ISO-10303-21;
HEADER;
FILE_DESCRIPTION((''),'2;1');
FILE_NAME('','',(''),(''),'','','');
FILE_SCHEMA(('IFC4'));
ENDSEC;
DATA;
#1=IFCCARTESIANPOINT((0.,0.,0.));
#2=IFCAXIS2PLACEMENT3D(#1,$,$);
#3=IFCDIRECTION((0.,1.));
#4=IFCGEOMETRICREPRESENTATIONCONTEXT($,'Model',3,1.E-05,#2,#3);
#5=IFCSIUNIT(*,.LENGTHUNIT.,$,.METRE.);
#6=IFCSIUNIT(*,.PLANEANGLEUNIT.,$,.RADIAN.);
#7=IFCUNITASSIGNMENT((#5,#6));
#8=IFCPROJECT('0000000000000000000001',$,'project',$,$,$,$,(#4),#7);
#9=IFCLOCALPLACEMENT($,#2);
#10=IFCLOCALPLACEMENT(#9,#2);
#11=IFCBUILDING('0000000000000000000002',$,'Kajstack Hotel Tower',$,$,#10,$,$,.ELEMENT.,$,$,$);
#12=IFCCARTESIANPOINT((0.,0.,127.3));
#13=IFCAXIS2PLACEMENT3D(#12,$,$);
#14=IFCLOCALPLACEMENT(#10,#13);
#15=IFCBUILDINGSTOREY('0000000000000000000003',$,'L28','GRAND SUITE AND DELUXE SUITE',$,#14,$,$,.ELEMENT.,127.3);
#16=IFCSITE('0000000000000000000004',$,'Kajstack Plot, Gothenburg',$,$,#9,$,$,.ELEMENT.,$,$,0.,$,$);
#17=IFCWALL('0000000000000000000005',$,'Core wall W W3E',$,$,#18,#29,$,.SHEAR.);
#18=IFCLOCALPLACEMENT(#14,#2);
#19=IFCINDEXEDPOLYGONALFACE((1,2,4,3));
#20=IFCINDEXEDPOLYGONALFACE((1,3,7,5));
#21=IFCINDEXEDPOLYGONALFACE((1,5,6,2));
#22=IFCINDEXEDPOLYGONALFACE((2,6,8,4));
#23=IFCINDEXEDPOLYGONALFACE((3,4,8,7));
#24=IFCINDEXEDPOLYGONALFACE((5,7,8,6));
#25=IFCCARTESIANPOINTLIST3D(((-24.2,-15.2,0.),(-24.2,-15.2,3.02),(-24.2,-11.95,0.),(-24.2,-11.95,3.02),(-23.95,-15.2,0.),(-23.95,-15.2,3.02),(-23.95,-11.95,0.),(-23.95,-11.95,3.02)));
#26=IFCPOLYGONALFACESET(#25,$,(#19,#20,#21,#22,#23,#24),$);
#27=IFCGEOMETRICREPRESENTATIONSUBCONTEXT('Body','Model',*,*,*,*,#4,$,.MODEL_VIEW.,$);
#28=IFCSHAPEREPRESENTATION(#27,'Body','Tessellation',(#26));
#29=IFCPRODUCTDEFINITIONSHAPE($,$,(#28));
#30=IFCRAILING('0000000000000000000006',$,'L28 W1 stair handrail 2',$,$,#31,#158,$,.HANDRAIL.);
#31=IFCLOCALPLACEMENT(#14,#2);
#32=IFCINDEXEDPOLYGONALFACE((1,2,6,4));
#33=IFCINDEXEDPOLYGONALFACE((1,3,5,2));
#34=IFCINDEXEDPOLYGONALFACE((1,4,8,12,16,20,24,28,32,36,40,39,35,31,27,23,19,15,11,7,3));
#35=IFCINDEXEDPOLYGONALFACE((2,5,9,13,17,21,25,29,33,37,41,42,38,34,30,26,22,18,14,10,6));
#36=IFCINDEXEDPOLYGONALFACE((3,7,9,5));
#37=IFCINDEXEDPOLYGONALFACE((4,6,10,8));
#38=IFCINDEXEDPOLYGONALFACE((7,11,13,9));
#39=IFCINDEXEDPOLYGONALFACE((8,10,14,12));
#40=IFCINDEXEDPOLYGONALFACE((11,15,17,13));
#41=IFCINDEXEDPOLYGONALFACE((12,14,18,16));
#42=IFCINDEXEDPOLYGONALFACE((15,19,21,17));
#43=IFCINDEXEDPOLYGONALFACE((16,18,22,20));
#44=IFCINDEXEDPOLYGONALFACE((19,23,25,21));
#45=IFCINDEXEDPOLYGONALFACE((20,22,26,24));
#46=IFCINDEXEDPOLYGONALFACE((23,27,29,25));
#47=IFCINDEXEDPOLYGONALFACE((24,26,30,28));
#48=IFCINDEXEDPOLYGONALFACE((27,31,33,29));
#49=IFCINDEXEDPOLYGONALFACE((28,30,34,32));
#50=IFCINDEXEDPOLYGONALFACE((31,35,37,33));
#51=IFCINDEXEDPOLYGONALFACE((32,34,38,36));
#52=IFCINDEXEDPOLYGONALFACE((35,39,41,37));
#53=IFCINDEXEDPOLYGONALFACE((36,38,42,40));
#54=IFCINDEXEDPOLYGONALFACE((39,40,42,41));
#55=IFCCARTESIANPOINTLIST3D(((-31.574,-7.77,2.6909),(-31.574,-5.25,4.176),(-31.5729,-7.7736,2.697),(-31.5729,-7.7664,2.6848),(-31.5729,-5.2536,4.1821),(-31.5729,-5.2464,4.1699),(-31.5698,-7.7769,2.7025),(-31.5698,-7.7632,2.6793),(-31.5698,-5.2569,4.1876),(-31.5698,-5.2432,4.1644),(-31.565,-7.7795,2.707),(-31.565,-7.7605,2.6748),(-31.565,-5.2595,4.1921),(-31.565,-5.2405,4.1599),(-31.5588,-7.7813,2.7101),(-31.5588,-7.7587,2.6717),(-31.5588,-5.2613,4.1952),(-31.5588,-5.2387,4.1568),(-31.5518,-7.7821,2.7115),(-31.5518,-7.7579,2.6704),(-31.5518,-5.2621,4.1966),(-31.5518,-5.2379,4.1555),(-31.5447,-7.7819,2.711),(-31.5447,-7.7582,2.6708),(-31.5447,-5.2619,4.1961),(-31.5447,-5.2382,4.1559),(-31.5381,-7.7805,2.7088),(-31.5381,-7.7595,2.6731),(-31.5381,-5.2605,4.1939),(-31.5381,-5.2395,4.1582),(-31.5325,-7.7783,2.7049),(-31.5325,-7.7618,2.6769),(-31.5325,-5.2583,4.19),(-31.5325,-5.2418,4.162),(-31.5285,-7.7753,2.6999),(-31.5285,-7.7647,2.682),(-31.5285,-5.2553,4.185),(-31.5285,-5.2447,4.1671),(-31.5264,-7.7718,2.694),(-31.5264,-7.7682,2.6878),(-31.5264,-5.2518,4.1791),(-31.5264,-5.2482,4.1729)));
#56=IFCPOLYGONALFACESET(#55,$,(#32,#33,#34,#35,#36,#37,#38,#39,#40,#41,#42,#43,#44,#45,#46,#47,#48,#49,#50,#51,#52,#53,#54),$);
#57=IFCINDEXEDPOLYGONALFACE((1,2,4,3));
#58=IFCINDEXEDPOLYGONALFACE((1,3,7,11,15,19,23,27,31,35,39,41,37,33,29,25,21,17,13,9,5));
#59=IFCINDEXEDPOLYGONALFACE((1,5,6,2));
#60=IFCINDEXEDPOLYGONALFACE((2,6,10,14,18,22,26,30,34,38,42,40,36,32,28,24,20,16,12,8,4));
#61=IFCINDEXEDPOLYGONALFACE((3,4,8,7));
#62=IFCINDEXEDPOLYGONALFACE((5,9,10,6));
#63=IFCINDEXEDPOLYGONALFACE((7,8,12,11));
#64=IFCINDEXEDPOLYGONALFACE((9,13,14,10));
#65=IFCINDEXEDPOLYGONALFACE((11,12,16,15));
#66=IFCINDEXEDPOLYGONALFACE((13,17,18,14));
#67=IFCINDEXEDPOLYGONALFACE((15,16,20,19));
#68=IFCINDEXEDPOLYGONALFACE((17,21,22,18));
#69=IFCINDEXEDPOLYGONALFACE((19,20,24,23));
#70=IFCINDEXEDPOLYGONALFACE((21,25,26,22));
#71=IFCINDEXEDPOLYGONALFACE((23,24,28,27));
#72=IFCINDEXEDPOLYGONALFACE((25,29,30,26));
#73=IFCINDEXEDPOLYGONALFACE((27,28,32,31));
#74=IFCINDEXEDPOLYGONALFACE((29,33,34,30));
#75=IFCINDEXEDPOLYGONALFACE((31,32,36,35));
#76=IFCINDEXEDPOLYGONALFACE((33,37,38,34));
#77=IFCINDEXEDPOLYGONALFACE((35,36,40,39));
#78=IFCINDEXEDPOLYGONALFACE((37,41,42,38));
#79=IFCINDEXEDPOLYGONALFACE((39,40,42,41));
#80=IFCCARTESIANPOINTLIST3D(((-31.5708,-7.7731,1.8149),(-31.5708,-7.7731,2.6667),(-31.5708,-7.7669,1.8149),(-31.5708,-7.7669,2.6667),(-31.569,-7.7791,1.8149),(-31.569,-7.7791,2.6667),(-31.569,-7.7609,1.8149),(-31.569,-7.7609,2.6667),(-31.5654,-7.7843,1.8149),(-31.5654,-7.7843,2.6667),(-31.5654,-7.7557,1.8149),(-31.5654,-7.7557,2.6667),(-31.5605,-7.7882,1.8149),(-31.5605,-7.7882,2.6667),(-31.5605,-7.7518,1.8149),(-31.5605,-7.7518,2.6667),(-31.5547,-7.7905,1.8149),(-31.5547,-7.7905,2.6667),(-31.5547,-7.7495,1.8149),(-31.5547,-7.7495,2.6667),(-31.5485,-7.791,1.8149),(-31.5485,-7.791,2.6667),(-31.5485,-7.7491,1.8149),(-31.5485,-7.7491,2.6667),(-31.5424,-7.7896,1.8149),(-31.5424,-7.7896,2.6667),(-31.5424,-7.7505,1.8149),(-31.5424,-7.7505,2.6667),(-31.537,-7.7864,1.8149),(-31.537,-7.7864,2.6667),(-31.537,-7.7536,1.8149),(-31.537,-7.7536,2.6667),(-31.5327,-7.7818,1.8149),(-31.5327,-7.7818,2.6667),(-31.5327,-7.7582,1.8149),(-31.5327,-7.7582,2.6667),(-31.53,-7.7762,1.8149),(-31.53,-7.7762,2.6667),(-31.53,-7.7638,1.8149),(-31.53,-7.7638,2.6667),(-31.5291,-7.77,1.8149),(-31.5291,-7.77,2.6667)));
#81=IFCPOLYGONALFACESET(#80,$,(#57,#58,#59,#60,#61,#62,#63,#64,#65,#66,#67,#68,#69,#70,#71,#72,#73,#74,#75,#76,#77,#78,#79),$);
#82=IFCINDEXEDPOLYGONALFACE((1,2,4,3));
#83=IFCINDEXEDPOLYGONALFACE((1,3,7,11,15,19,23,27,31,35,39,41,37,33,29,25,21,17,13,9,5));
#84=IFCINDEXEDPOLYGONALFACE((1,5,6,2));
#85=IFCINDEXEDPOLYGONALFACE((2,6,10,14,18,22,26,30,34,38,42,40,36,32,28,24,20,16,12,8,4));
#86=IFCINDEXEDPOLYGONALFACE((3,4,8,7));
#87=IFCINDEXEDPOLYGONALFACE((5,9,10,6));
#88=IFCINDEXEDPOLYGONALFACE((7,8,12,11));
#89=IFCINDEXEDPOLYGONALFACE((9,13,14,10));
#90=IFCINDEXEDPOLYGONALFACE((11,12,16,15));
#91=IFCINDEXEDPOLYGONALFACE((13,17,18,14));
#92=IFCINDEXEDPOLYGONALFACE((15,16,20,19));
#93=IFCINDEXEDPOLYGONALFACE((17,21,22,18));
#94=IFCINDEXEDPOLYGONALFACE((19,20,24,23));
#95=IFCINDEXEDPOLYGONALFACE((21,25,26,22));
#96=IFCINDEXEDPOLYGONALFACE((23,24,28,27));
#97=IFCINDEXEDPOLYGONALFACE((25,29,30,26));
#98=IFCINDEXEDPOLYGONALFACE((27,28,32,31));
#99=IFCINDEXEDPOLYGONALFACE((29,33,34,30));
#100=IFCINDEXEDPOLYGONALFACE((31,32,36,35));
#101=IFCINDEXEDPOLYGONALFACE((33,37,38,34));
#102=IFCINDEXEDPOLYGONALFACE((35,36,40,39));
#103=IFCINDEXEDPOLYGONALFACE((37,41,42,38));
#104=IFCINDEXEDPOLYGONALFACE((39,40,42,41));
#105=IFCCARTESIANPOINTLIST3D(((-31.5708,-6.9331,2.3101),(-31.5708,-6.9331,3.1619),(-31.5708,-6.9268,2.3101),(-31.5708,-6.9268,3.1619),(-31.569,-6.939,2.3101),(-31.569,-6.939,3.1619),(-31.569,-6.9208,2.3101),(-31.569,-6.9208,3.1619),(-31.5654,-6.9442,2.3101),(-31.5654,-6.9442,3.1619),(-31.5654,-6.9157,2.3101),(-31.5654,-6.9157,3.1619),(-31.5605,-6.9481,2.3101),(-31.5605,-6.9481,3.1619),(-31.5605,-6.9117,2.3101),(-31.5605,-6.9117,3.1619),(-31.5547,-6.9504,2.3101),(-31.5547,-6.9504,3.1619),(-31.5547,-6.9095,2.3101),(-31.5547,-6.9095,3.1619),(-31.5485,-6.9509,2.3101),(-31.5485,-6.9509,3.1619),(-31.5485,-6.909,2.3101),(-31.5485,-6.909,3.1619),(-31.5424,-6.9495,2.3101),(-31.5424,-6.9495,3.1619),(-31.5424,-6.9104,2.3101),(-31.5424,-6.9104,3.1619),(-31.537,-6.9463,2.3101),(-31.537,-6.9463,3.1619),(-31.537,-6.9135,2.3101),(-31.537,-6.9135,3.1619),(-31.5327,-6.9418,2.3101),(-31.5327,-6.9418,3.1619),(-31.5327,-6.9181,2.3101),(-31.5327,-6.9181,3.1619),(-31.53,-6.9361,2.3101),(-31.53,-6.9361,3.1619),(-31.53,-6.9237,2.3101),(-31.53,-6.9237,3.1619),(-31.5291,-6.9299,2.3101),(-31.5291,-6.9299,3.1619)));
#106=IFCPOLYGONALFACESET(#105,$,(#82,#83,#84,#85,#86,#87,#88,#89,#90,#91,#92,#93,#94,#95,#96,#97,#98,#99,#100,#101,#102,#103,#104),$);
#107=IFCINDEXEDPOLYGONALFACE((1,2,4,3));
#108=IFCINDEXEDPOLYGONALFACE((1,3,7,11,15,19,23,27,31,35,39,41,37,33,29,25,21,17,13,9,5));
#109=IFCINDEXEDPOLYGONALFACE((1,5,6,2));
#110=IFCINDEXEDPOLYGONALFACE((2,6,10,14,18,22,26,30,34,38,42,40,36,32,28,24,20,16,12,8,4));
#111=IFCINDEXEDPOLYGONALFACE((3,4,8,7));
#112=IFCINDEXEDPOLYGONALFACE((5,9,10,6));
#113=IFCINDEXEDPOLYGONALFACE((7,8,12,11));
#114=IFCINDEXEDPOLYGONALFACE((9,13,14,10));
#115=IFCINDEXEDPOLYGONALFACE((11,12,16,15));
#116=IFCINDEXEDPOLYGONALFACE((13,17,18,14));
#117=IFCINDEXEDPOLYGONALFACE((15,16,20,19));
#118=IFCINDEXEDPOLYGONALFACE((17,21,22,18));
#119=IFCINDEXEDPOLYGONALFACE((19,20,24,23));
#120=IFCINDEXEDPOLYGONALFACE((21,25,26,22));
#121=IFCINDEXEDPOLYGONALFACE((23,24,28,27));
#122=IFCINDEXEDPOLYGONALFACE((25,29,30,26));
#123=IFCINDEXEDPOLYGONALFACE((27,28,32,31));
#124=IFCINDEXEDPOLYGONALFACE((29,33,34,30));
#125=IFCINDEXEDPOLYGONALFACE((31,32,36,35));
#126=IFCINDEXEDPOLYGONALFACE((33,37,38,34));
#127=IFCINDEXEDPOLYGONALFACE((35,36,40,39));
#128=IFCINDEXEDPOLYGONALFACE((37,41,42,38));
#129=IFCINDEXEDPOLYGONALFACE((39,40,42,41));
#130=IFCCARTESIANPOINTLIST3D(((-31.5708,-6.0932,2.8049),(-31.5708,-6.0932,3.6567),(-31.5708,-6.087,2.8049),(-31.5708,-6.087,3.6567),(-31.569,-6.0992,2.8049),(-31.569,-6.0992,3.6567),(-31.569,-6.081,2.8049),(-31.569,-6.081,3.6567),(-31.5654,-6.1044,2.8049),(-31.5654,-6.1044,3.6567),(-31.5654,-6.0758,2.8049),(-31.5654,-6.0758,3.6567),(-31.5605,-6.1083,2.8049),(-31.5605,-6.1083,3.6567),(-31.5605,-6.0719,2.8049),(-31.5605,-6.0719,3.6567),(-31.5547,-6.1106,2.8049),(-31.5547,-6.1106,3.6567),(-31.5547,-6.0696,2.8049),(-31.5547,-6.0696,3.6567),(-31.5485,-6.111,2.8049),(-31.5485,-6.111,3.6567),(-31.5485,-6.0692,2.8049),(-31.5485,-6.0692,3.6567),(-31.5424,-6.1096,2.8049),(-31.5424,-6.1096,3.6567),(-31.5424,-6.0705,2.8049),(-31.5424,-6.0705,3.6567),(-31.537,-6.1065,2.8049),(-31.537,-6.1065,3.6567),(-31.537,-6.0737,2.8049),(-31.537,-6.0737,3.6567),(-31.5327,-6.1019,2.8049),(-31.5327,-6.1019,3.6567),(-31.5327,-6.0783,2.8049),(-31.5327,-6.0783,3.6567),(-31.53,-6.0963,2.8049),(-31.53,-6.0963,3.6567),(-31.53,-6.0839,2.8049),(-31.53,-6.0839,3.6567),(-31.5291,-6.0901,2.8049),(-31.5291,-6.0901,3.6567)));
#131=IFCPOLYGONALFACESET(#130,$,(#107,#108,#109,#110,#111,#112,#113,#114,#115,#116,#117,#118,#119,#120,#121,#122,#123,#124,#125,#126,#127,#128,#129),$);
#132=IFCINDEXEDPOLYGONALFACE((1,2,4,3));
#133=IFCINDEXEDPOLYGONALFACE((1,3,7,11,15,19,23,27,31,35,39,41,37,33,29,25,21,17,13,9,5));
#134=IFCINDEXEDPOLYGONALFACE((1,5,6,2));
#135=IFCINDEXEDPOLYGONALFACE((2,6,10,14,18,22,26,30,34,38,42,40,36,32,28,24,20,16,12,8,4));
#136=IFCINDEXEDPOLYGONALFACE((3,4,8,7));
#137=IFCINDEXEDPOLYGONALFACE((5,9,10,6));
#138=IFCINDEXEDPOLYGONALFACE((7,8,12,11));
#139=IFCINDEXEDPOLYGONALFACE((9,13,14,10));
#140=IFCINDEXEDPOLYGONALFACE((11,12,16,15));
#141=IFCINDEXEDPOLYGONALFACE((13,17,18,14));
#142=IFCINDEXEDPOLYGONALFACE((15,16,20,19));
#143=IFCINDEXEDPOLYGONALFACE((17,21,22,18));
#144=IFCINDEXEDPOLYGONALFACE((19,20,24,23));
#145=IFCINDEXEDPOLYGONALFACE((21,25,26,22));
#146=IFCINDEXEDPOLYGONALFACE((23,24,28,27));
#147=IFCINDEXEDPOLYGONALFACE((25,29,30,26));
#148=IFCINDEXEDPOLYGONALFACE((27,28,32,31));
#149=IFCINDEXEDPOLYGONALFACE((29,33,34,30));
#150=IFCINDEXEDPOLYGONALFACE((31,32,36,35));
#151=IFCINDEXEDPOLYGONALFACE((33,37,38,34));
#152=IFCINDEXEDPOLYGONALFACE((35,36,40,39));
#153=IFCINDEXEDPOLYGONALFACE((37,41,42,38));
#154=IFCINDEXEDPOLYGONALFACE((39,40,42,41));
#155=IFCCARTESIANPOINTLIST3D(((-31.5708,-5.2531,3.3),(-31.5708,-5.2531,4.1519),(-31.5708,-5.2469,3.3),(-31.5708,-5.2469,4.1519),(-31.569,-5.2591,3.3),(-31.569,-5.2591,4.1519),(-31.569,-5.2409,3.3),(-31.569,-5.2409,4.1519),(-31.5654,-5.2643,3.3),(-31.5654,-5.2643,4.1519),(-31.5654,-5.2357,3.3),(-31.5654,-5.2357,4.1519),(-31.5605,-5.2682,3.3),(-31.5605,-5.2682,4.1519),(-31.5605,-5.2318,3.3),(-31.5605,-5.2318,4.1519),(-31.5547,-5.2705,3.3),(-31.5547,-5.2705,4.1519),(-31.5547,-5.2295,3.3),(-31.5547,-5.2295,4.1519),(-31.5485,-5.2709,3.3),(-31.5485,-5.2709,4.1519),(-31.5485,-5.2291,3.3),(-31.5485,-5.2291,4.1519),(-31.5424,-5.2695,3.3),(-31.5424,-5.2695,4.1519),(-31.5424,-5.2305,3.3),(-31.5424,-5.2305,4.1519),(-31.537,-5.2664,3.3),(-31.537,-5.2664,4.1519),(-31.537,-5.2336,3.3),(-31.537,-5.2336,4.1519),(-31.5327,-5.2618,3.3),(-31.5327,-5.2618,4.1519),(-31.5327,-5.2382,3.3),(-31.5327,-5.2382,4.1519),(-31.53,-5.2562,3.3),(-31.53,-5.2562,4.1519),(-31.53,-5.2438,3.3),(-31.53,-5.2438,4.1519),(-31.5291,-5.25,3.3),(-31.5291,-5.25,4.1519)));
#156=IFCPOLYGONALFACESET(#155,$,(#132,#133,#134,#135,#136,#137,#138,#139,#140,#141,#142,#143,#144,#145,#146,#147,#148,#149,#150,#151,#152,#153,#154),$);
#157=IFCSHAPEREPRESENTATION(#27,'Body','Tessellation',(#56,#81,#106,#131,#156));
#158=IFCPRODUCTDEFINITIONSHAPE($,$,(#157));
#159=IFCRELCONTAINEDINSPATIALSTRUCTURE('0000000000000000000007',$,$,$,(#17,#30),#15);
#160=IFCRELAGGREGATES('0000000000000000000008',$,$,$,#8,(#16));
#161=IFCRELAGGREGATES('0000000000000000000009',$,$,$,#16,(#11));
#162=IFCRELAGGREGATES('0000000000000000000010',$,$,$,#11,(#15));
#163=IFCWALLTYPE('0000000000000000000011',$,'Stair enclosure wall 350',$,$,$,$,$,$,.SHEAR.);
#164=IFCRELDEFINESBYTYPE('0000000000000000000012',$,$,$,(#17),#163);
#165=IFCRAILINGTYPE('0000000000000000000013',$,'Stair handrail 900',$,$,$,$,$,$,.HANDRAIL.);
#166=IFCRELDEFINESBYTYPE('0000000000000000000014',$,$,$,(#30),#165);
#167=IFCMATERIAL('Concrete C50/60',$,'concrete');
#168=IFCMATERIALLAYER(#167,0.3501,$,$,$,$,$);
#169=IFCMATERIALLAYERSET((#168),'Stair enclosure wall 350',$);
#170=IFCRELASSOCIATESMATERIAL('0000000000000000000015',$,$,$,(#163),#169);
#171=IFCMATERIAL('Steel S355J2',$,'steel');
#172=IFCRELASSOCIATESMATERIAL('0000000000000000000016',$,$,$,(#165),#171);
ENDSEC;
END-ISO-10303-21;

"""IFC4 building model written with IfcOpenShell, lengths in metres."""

from ifc_helpers import new_model, si_unit, direction, frame, frame_2d, origin, origin_2d, place, context, subcontext, project, spatial, rectangle, circle, extrude, material, layer, layer_set, type_object, element, save


model = new_model("IFC4")

# Units and contexts
model_context = context("Model", 3, precision=1e-05, world=origin(), true_north=direction((0.0, 1.0)))
body_context = subcontext(model_context, "Body", "Model", "MODEL_VIEW")
ifc_project = project(units=[si_unit("LENGTHUNIT", "METRE"), si_unit("PLANEANGLEUNIT", "RADIAN")], contexts=[model_context])

# Site, building, storey
site_placement = place(None, origin())
site = spatial("IfcSite", under=ifc_project, at=site_placement, Name="Kajstack Plot, Gothenburg", CompositionType="ELEMENT", RefElevation=0.0)
building_placement = place(site_placement, origin())
building = spatial("IfcBuilding", under=site, at=building_placement, Name="Kajstack Hotel Tower", CompositionType="ELEMENT")
storey_placement = place(building_placement, frame((0.0, 0.0, 127.3)))
storey = spatial("IfcBuildingStorey", under=building, at=storey_placement, Name="L28", Description="GRAND SUITE AND DELUXE SUITE", CompositionType="ELEMENT", Elevation=127.3)

# Shared definitions
ifc_material_1 = material(Name="Concrete C50/60", Category="concrete")

# Wall
ifc_layer_1 = layer(ifc_material_1, 0.3501)
ifc_layer_set_1 = layer_set([ifc_layer_1], Name="Stair enclosure wall 350")
wall_type_1 = type_object("IfcWallType", Name="Stair enclosure wall 350", PredefinedType="SHEAR", material=ifc_layer_set_1)
wall_1_placement = place(storey_placement, frame((-24.075, -15.2, 0.0), z_axis=(0.0, 0.0, 1.0), x_axis=(0.0, 1.0, 0.0)))
element("IfcWall", 1, at=wall_1_placement, inside=storey, type_object=wall_type_1, Name="Core wall W W3E", PredefinedType="SHEAR", context=body_context, shape_type="SweptSolid", body=[
    extrude(rectangle(XDim=3.25, YDim=0.25, at=frame_2d((1.625, 0.0))), origin(), (0.0, 0.0, 1.0), 3.02),
])

# Railing
ifc_material_2 = material(Name="Steel S355J2", Category="steel")
railing_type_1 = type_object("IfcRailingType", Name="Stair handrail 900", PredefinedType="HANDRAIL", material=ifc_material_2)
railing_1_placement = place(storey_placement, frame((-31.55, -7.77, 1.8149)))
element("IfcRailing", 2, at=railing_1_placement, inside=storey, type_object=railing_type_1, Name="L28 W1 stair handrail 2", PredefinedType="HANDRAIL", context=body_context, shape_type="SweptSolid", body=[
    extrude(circle(Radius=0.0239, at=origin_2d()), frame((0.0, 0.0, 0.876), z_axis=(0.0, 0.861524, 0.507717), x_axis=(-1.0, 0.0, 0.0)), (0.0, 0.0, 1.0), 2.925),
    extrude(circle(Radius=0.021, at=origin_2d()), origin(), (0.0, 0.0, 1.0), 0.8518),
    extrude(circle(Radius=0.021, at=origin_2d()), frame((0.0, 0.8401, 0.4951)), (0.0, 0.0, 1.0), 0.8518),
    extrude(circle(Radius=0.021, at=origin_2d()), frame((0.0, 1.6799, 0.99)), (0.0, 0.0, 1.0), 0.8518),
    extrude(circle(Radius=0.021, at=origin_2d()), frame((0.0, 2.52, 1.4851)), (0.0, 0.0, 1.0), 0.8518),
])

save(model, "model.ifc")
